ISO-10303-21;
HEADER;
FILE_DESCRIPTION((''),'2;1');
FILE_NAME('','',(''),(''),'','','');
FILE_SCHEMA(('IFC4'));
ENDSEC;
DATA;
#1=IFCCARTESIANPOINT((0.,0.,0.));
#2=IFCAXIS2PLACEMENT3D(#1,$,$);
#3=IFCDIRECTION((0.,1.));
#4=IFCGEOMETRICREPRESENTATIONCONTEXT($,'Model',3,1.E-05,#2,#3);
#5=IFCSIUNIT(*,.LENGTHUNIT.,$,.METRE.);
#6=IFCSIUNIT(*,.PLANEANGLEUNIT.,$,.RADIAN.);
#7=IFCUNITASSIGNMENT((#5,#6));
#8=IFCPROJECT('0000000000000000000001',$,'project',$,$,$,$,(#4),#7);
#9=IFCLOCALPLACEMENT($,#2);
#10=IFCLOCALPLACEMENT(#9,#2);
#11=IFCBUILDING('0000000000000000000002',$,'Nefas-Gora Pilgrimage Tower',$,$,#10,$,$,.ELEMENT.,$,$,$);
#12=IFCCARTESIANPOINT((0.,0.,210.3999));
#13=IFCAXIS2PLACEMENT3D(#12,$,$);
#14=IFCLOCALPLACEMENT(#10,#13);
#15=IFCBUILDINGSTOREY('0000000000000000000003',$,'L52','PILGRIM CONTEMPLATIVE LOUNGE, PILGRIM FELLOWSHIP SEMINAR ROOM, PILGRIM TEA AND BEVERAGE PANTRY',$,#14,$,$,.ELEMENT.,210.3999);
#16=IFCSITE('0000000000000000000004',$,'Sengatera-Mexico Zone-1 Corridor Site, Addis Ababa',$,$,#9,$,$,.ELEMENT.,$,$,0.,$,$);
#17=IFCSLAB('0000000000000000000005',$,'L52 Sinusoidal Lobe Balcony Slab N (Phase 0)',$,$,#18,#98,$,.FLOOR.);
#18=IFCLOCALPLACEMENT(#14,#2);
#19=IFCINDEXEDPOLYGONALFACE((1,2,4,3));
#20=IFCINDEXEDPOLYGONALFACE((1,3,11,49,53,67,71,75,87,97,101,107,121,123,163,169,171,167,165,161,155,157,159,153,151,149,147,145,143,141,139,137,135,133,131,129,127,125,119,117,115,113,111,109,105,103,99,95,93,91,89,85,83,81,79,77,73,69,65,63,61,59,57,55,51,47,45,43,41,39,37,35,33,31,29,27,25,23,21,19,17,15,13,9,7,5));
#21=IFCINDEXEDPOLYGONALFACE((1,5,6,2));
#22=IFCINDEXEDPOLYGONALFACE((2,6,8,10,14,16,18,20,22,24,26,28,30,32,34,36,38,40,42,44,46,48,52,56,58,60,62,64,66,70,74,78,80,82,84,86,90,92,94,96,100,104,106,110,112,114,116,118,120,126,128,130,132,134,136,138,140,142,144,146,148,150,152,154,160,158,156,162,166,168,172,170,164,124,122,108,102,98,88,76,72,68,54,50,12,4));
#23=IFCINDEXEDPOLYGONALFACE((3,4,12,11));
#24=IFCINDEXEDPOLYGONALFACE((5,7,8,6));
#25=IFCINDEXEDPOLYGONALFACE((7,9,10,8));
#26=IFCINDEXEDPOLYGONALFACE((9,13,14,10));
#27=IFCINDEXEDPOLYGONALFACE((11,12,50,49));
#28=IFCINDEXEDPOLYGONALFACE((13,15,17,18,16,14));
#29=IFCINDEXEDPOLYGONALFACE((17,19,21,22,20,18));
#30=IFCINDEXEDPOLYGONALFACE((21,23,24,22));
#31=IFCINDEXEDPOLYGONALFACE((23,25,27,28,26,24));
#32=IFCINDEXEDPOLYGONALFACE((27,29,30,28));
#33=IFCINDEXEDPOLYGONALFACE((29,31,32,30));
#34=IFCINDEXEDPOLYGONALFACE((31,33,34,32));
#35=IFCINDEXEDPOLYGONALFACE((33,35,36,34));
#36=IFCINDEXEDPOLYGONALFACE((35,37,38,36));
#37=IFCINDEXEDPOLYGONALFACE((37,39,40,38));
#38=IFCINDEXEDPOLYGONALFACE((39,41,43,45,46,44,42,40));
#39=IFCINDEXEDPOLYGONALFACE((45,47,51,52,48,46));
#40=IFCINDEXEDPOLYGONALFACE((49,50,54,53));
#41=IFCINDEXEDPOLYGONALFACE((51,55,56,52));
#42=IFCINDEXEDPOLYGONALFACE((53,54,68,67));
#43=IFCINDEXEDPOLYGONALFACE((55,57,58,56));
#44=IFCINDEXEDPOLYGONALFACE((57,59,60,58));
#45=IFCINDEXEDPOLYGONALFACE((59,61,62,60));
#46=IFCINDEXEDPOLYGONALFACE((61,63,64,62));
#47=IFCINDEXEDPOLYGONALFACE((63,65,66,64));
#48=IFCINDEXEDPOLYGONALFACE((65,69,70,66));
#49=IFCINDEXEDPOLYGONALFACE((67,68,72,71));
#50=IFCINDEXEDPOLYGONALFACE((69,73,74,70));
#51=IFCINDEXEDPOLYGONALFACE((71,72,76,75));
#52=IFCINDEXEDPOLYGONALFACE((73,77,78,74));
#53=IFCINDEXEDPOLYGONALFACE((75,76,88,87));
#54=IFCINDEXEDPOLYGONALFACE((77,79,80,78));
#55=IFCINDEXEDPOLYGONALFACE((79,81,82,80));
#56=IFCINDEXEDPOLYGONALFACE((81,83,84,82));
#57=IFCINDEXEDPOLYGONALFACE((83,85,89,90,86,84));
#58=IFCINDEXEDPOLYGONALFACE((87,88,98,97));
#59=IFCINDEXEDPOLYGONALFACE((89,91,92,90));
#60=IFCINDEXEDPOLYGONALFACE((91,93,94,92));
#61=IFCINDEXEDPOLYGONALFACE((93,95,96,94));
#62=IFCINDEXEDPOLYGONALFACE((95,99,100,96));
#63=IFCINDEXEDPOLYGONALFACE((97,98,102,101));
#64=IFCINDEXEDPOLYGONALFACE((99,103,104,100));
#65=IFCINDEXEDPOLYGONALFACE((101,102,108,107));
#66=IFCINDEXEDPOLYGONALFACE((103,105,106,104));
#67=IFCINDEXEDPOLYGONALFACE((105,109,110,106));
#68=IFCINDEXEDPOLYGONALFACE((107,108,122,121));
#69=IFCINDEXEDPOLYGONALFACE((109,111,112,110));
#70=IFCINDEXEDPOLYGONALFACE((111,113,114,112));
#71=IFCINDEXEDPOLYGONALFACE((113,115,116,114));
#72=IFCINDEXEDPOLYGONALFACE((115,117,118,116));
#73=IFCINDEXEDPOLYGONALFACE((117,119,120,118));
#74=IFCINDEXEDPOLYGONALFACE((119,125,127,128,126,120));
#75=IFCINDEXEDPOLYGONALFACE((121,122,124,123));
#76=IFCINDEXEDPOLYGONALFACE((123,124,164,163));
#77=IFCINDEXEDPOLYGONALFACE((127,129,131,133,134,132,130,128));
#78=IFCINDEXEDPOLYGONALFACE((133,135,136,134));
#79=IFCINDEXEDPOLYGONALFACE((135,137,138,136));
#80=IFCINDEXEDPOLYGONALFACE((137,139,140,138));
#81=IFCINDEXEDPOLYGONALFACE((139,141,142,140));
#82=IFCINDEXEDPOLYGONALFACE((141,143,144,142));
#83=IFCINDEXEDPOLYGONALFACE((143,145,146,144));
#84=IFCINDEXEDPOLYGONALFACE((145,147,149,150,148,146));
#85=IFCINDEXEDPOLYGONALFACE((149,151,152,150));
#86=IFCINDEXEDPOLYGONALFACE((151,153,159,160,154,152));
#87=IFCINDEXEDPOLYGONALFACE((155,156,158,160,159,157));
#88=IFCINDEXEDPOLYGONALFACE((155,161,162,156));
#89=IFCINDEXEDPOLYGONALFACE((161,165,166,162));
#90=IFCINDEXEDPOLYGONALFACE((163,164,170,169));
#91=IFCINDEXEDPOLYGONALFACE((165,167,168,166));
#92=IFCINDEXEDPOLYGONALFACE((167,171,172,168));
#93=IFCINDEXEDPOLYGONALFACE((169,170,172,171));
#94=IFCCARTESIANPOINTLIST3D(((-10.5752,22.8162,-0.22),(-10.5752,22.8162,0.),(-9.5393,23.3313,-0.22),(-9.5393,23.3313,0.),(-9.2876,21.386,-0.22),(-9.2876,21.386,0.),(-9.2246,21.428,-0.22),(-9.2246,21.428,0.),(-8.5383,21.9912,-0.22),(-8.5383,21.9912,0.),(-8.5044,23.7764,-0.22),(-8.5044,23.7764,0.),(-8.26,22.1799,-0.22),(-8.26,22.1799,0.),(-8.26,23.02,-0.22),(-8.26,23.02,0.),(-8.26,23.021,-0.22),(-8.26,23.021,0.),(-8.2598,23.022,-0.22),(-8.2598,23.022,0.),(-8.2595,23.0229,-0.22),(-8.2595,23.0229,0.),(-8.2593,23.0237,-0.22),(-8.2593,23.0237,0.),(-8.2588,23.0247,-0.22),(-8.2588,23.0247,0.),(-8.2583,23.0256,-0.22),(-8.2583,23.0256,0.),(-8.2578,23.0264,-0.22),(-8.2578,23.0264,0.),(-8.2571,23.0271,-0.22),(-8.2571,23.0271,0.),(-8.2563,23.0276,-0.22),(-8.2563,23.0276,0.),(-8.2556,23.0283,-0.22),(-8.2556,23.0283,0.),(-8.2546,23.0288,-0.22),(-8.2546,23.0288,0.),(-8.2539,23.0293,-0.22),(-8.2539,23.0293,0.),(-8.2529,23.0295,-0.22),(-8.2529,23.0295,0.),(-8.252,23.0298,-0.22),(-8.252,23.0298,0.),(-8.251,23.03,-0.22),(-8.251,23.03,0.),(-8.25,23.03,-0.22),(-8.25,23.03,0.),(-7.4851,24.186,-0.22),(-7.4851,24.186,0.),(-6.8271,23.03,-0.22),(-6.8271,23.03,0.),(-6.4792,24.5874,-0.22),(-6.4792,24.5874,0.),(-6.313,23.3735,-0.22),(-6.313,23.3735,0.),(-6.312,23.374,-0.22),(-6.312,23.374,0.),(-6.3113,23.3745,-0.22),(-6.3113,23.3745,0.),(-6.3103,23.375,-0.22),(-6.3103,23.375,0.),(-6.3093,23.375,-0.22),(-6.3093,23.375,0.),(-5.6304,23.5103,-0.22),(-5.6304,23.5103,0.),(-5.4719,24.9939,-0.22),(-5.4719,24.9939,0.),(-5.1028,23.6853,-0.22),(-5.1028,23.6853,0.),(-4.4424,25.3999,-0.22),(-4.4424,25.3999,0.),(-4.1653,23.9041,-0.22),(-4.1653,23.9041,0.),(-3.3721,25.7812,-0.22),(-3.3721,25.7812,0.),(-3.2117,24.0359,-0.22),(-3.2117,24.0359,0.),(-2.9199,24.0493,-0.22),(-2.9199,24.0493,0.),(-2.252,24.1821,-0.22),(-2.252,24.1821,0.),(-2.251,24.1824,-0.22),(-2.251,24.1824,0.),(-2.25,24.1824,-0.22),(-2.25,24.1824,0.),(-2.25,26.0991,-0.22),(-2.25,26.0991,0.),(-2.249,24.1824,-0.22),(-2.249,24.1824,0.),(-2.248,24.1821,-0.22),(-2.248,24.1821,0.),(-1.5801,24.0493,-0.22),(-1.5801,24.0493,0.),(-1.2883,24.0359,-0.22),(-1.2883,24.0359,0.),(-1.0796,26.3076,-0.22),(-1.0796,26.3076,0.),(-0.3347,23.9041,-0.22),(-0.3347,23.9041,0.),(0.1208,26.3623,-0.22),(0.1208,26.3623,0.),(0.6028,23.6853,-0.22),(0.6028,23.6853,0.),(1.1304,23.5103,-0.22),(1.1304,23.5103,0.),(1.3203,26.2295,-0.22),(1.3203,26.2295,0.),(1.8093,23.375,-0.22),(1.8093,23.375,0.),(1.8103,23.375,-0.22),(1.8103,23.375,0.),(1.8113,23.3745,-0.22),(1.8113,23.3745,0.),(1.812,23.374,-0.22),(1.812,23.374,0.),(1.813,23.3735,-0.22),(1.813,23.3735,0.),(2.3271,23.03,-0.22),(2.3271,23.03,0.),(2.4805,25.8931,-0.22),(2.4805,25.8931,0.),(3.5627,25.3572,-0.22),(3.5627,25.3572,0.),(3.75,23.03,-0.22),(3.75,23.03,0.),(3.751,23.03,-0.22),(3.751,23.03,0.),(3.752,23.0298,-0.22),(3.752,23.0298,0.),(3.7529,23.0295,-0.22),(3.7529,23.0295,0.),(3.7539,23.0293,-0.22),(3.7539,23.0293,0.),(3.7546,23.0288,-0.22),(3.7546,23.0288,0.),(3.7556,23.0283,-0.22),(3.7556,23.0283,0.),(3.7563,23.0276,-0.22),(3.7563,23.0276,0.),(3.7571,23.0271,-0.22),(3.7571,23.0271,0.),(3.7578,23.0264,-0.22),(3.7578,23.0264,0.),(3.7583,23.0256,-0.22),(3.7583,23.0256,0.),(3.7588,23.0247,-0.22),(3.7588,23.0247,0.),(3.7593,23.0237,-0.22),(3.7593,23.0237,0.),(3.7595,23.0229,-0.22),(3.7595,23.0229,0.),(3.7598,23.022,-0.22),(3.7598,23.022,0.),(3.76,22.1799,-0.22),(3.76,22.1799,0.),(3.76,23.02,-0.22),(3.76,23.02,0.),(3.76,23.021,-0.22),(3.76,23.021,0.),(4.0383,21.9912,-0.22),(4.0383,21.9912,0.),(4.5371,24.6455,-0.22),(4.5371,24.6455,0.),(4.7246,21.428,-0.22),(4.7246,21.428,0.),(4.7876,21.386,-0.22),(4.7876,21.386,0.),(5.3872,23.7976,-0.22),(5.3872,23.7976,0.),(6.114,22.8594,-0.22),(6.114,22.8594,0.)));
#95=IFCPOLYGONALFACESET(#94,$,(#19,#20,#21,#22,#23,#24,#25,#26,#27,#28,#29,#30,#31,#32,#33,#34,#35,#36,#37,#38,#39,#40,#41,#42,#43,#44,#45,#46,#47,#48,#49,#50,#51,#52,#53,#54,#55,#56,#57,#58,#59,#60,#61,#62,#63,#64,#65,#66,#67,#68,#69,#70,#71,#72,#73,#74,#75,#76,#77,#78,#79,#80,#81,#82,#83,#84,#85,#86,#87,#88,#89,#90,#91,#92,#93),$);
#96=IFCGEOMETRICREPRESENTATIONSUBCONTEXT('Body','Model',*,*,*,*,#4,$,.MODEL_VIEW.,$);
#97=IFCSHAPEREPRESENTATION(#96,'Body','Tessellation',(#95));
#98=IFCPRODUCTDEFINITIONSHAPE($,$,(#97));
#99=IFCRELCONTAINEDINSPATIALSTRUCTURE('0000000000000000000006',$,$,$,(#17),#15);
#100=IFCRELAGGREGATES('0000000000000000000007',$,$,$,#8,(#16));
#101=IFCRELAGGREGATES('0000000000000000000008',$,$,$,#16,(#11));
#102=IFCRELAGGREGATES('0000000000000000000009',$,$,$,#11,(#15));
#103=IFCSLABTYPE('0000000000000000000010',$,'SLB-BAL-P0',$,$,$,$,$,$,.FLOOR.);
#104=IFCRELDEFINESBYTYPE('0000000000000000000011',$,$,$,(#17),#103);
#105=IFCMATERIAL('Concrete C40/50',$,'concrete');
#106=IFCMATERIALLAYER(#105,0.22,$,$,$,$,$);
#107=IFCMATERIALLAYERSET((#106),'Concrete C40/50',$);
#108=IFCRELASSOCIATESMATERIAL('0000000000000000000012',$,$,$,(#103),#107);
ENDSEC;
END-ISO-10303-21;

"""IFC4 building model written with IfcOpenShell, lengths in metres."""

from ifc_helpers import new_model, si_unit, direction, frame, origin, place, context, subcontext, project, spatial, polyline, outline, extrude, material, layer, layer_set, type_object, element, save


model = new_model("IFC4")

# Units and contexts
model_context = context("Model", 3, precision=1e-05, world=origin(), true_north=direction((0.0, 1.0)))
body_context = subcontext(model_context, "Body", "Model", "MODEL_VIEW")
ifc_project = project(units=[si_unit("LENGTHUNIT", "METRE"), si_unit("PLANEANGLEUNIT", "RADIAN")], contexts=[model_context])

# Site, building, storey
site_placement = place(None, origin())
site = spatial("IfcSite", under=ifc_project, at=site_placement, Name="Sengatera-Mexico Zone-1 Corridor Site, Addis Ababa", CompositionType="ELEMENT", RefElevation=0.0)
building_placement = place(site_placement, origin())
building = spatial("IfcBuilding", under=site, at=building_placement, Name="Nefas-Gora Pilgrimage Tower", CompositionType="ELEMENT")
storey_placement = place(building_placement, frame((0.0, 0.0, 210.3999)))
storey = spatial("IfcBuildingStorey", under=building, at=storey_placement, Name="L52", Description="PILGRIM CONTEMPLATIVE LOUNGE, PILGRIM FELLOWSHIP SEMINAR ROOM, PILGRIM TEA AND BEVERAGE PANTRY", CompositionType="ELEMENT", Elevation=210.3999)

# Slab
ifc_material_1 = material(Name="Concrete C40/50", Category="concrete")
ifc_layer_1 = layer(ifc_material_1, 0.22)
ifc_layer_set_1 = layer_set([ifc_layer_1], Name="Concrete C40/50")
slab_type_1 = type_object("IfcSlabType", Name="SLB-BAL-P0", PredefinedType="FLOOR", material=ifc_layer_set_1)
slab_1_placement = place(storey_placement, frame((0.0, 0.0, -0.22)))
element("IfcSlab", 1, at=slab_1_placement, inside=storey, type_object=slab_type_1, Name="L52 Sinusoidal Lobe Balcony Slab N (Phase 0)", PredefinedType="FLOOR", context=body_context, shape_type="SweptSolid", body=[
    extrude(outline(polyline([(-9.2876, 21.386), (-9.2246, 21.428), (-8.5383, 21.9912), (-8.26, 22.1799), (-8.26, 23.02), (-8.26, 23.021), (-8.2598, 23.022), (-8.2595, 23.0229), (-8.2593, 23.0237), (-8.2588, 23.0247), (-8.2583, 23.0256), (-8.2578, 23.0264), (-8.2571, 23.0271), (-8.2563, 23.0276), (-8.2556, 23.0283), (-8.2546, 23.0288), (-8.2539, 23.0293), (-8.2529, 23.0295), (-8.252, 23.0298), (-8.251, 23.03), (-8.25, 23.03), (-6.8271, 23.03), (-6.313, 23.3735), (-6.312, 23.374), (-6.3113, 23.3745), (-6.3103, 23.375), (-6.3093, 23.375), (-5.6304, 23.5103), (-5.1028, 23.6853), (-4.1653, 23.9041), (-3.2117, 24.0359), (-2.9199, 24.0493), (-2.252, 24.1821), (-2.251, 24.1824), (-2.25, 24.1824), (-2.249, 24.1824), (-2.248, 24.1821), (-1.5801, 24.0493), (-1.2883, 24.0359), (-0.3347, 23.9041), (0.6028, 23.6853), (1.1304, 23.5103), (1.8093, 23.375), (1.8103, 23.375), (1.8113, 23.3745), (1.812, 23.374), (1.813, 23.3735), (2.3271, 23.03), (3.75, 23.03), (3.751, 23.03), (3.752, 23.0298), (3.7529, 23.0295), (3.7539, 23.0293), (3.7546, 23.0288), (3.7556, 23.0283), (3.7563, 23.0276), (3.7571, 23.0271), (3.7578, 23.0264), (3.7583, 23.0256), (3.7588, 23.0247), (3.7593, 23.0237), (3.7595, 23.0229), (3.7598, 23.022), (3.76, 23.021), (3.76, 23.02), (3.76, 22.1799), (4.0383, 21.9912), (4.7246, 21.428), (4.7876, 21.386), (6.114, 22.8594), (5.3872, 23.7976), (4.5371, 24.6455), (3.5627, 25.3572), (2.4805, 25.8931), (1.3203, 26.2295), (0.1208, 26.3623), (-1.0796, 26.3076), (-2.25, 26.0991), (-3.3721, 25.7812), (-4.4424, 25.3999), (-5.4719, 24.9939), (-6.4792, 24.5874), (-7.4851, 24.186), (-8.5044, 23.7764), (-9.5393, 23.3313), (-10.5752, 22.8162), (-9.2876, 21.386)])), origin(), (0.0, 0.0, 1.0), 0.22),
])

save(model, "model.ifc")
